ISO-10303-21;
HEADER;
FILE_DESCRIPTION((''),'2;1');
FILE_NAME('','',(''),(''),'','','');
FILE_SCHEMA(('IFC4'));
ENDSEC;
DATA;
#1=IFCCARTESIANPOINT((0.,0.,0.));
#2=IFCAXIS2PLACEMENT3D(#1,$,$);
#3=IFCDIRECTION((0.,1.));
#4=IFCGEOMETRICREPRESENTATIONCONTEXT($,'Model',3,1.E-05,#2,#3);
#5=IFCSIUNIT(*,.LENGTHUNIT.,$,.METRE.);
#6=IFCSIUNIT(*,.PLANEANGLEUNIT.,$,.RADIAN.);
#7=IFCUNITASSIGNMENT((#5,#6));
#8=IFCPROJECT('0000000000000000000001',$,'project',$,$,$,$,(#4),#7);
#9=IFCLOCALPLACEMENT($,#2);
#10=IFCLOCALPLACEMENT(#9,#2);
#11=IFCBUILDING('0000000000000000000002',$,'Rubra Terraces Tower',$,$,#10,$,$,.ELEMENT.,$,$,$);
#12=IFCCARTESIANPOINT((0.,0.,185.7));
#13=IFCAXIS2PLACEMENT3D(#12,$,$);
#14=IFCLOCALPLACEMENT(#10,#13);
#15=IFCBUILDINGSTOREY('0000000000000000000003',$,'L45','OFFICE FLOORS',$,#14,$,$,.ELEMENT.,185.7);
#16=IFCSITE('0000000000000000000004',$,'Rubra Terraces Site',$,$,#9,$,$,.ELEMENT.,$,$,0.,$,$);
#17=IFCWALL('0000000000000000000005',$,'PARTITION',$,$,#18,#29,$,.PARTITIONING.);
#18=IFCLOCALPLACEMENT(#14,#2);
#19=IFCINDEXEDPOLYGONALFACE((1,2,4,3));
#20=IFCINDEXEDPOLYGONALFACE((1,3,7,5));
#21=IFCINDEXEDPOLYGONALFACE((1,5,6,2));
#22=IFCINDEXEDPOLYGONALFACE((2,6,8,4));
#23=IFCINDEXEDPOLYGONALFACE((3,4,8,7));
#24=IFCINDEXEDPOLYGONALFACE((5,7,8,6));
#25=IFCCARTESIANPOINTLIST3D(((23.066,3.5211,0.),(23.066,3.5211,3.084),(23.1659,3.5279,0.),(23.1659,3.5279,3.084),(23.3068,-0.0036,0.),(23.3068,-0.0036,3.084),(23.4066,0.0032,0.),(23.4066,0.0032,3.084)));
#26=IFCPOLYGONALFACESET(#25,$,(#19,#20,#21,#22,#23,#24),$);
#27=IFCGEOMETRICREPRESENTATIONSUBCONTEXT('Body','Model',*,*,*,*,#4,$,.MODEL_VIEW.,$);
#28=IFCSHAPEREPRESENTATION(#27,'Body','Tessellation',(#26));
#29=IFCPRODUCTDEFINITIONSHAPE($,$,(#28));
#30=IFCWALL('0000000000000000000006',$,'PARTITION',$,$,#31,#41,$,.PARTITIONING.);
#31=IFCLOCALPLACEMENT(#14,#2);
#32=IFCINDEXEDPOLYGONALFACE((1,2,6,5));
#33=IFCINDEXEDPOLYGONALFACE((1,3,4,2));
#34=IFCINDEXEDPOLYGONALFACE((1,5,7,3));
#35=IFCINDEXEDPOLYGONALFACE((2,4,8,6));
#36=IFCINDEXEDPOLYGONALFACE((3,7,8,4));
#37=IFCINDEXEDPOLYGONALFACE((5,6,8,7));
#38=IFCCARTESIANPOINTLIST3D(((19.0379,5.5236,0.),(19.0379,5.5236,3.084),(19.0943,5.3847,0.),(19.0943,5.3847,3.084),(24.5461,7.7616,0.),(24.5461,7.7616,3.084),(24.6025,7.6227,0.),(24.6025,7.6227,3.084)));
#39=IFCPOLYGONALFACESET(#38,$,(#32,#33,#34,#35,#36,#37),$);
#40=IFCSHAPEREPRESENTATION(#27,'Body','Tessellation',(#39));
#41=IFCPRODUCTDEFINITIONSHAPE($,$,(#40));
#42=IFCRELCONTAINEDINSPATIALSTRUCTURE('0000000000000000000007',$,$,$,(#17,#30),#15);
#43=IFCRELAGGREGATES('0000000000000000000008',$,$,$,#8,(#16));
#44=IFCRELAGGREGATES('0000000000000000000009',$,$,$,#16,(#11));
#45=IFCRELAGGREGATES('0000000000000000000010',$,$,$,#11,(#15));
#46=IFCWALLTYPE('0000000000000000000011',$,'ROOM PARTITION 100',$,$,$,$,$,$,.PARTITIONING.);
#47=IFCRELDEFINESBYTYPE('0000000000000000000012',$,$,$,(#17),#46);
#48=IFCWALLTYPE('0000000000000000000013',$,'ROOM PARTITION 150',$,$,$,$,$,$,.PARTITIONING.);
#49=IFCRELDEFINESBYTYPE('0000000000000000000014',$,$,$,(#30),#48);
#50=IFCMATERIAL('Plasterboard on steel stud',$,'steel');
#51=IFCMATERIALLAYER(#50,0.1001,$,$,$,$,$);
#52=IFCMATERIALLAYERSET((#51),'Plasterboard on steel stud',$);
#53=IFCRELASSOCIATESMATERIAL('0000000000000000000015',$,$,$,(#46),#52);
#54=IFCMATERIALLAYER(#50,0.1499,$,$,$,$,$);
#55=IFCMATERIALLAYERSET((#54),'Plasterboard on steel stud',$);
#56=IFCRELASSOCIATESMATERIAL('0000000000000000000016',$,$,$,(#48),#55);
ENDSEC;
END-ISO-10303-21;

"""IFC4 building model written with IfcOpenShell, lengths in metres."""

from ifc_helpers import new_model, si_unit, direction, frame, frame_2d, origin, place, context, subcontext, project, spatial, rectangle, extrude, material, layer, layer_set, type_object, element, save


model = new_model("IFC4")

# Units and contexts
model_context = context("Model", 3, precision=1e-05, world=origin(), true_north=direction((0.0, 1.0)))
body_context = subcontext(model_context, "Body", "Model", "MODEL_VIEW")
ifc_project = project(units=[si_unit("LENGTHUNIT", "METRE"), si_unit("PLANEANGLEUNIT", "RADIAN")], contexts=[model_context])

# Site, building, storey
site_placement = place(None, origin())
site = spatial("IfcSite", under=ifc_project, at=site_placement, Name="Rubra Terraces Site", CompositionType="ELEMENT", RefElevation=0.0)
building_placement = place(site_placement, origin())
building = spatial("IfcBuilding", under=site, at=building_placement, Name="Rubra Terraces Tower", CompositionType="ELEMENT")
storey_placement = place(building_placement, frame((0.0, 0.0, 185.7)))
storey = spatial("IfcBuildingStorey", under=building, at=storey_placement, Name="L45", Description="OFFICE FLOORS", CompositionType="ELEMENT", Elevation=185.7)

# Shared definitions
ifc_material_1 = material(Name="Plasterboard on steel stud", Category="steel")
ifc_layer_1 = layer(ifc_material_1, 0.1001)
ifc_layer_set_1 = layer_set([ifc_layer_1], Name="Plasterboard on steel stud")
wall_type_1 = type_object("IfcWallType", Name="ROOM PARTITION 100", PredefinedType="PARTITIONING", material=ifc_layer_set_1)

# Walls
wall_1_placement = place(storey_placement, frame((23.116, 3.5247, 0.0), z_axis=(0.0, 0.0, 1.0), x_axis=(0.068138, -0.997676, 0.0)))
element("IfcWall", 1, at=wall_1_placement, inside=storey, type_object=wall_type_1, Name="PARTITION", PredefinedType="PARTITIONING", context=body_context, shape_type="SweptSolid", body=[
    extrude(rectangle(XDim=3.533, YDim=0.1001, at=frame_2d((1.7666, 0.0))), origin(), (0.0, 0.0, 1.0), 3.084),
])
ifc_layer_2 = layer(ifc_material_1, 0.1499)
ifc_layer_set_2 = layer_set([ifc_layer_2], Name="Plasterboard on steel stud")
wall_type_2 = type_object("IfcWallType", Name="ROOM PARTITION 150", PredefinedType="PARTITIONING", material=ifc_layer_set_2)
wall_2_placement = place(storey_placement, frame((24.5742, 7.6921, 0.0), z_axis=(0.0, 0.0, 1.0), x_axis=(-0.92645, -0.376419, 0.0)))
element("IfcWall", 2, at=wall_2_placement, inside=storey, type_object=wall_type_2, Name="PARTITION", PredefinedType="PARTITIONING", context=body_context, shape_type="SweptSolid", body=[
    extrude(rectangle(XDim=5.9456, YDim=0.1499, at=frame_2d((2.9727, 0.0))), origin(), (0.0, 0.0, 1.0), 3.084),
])

save(model, "model.ifc")
